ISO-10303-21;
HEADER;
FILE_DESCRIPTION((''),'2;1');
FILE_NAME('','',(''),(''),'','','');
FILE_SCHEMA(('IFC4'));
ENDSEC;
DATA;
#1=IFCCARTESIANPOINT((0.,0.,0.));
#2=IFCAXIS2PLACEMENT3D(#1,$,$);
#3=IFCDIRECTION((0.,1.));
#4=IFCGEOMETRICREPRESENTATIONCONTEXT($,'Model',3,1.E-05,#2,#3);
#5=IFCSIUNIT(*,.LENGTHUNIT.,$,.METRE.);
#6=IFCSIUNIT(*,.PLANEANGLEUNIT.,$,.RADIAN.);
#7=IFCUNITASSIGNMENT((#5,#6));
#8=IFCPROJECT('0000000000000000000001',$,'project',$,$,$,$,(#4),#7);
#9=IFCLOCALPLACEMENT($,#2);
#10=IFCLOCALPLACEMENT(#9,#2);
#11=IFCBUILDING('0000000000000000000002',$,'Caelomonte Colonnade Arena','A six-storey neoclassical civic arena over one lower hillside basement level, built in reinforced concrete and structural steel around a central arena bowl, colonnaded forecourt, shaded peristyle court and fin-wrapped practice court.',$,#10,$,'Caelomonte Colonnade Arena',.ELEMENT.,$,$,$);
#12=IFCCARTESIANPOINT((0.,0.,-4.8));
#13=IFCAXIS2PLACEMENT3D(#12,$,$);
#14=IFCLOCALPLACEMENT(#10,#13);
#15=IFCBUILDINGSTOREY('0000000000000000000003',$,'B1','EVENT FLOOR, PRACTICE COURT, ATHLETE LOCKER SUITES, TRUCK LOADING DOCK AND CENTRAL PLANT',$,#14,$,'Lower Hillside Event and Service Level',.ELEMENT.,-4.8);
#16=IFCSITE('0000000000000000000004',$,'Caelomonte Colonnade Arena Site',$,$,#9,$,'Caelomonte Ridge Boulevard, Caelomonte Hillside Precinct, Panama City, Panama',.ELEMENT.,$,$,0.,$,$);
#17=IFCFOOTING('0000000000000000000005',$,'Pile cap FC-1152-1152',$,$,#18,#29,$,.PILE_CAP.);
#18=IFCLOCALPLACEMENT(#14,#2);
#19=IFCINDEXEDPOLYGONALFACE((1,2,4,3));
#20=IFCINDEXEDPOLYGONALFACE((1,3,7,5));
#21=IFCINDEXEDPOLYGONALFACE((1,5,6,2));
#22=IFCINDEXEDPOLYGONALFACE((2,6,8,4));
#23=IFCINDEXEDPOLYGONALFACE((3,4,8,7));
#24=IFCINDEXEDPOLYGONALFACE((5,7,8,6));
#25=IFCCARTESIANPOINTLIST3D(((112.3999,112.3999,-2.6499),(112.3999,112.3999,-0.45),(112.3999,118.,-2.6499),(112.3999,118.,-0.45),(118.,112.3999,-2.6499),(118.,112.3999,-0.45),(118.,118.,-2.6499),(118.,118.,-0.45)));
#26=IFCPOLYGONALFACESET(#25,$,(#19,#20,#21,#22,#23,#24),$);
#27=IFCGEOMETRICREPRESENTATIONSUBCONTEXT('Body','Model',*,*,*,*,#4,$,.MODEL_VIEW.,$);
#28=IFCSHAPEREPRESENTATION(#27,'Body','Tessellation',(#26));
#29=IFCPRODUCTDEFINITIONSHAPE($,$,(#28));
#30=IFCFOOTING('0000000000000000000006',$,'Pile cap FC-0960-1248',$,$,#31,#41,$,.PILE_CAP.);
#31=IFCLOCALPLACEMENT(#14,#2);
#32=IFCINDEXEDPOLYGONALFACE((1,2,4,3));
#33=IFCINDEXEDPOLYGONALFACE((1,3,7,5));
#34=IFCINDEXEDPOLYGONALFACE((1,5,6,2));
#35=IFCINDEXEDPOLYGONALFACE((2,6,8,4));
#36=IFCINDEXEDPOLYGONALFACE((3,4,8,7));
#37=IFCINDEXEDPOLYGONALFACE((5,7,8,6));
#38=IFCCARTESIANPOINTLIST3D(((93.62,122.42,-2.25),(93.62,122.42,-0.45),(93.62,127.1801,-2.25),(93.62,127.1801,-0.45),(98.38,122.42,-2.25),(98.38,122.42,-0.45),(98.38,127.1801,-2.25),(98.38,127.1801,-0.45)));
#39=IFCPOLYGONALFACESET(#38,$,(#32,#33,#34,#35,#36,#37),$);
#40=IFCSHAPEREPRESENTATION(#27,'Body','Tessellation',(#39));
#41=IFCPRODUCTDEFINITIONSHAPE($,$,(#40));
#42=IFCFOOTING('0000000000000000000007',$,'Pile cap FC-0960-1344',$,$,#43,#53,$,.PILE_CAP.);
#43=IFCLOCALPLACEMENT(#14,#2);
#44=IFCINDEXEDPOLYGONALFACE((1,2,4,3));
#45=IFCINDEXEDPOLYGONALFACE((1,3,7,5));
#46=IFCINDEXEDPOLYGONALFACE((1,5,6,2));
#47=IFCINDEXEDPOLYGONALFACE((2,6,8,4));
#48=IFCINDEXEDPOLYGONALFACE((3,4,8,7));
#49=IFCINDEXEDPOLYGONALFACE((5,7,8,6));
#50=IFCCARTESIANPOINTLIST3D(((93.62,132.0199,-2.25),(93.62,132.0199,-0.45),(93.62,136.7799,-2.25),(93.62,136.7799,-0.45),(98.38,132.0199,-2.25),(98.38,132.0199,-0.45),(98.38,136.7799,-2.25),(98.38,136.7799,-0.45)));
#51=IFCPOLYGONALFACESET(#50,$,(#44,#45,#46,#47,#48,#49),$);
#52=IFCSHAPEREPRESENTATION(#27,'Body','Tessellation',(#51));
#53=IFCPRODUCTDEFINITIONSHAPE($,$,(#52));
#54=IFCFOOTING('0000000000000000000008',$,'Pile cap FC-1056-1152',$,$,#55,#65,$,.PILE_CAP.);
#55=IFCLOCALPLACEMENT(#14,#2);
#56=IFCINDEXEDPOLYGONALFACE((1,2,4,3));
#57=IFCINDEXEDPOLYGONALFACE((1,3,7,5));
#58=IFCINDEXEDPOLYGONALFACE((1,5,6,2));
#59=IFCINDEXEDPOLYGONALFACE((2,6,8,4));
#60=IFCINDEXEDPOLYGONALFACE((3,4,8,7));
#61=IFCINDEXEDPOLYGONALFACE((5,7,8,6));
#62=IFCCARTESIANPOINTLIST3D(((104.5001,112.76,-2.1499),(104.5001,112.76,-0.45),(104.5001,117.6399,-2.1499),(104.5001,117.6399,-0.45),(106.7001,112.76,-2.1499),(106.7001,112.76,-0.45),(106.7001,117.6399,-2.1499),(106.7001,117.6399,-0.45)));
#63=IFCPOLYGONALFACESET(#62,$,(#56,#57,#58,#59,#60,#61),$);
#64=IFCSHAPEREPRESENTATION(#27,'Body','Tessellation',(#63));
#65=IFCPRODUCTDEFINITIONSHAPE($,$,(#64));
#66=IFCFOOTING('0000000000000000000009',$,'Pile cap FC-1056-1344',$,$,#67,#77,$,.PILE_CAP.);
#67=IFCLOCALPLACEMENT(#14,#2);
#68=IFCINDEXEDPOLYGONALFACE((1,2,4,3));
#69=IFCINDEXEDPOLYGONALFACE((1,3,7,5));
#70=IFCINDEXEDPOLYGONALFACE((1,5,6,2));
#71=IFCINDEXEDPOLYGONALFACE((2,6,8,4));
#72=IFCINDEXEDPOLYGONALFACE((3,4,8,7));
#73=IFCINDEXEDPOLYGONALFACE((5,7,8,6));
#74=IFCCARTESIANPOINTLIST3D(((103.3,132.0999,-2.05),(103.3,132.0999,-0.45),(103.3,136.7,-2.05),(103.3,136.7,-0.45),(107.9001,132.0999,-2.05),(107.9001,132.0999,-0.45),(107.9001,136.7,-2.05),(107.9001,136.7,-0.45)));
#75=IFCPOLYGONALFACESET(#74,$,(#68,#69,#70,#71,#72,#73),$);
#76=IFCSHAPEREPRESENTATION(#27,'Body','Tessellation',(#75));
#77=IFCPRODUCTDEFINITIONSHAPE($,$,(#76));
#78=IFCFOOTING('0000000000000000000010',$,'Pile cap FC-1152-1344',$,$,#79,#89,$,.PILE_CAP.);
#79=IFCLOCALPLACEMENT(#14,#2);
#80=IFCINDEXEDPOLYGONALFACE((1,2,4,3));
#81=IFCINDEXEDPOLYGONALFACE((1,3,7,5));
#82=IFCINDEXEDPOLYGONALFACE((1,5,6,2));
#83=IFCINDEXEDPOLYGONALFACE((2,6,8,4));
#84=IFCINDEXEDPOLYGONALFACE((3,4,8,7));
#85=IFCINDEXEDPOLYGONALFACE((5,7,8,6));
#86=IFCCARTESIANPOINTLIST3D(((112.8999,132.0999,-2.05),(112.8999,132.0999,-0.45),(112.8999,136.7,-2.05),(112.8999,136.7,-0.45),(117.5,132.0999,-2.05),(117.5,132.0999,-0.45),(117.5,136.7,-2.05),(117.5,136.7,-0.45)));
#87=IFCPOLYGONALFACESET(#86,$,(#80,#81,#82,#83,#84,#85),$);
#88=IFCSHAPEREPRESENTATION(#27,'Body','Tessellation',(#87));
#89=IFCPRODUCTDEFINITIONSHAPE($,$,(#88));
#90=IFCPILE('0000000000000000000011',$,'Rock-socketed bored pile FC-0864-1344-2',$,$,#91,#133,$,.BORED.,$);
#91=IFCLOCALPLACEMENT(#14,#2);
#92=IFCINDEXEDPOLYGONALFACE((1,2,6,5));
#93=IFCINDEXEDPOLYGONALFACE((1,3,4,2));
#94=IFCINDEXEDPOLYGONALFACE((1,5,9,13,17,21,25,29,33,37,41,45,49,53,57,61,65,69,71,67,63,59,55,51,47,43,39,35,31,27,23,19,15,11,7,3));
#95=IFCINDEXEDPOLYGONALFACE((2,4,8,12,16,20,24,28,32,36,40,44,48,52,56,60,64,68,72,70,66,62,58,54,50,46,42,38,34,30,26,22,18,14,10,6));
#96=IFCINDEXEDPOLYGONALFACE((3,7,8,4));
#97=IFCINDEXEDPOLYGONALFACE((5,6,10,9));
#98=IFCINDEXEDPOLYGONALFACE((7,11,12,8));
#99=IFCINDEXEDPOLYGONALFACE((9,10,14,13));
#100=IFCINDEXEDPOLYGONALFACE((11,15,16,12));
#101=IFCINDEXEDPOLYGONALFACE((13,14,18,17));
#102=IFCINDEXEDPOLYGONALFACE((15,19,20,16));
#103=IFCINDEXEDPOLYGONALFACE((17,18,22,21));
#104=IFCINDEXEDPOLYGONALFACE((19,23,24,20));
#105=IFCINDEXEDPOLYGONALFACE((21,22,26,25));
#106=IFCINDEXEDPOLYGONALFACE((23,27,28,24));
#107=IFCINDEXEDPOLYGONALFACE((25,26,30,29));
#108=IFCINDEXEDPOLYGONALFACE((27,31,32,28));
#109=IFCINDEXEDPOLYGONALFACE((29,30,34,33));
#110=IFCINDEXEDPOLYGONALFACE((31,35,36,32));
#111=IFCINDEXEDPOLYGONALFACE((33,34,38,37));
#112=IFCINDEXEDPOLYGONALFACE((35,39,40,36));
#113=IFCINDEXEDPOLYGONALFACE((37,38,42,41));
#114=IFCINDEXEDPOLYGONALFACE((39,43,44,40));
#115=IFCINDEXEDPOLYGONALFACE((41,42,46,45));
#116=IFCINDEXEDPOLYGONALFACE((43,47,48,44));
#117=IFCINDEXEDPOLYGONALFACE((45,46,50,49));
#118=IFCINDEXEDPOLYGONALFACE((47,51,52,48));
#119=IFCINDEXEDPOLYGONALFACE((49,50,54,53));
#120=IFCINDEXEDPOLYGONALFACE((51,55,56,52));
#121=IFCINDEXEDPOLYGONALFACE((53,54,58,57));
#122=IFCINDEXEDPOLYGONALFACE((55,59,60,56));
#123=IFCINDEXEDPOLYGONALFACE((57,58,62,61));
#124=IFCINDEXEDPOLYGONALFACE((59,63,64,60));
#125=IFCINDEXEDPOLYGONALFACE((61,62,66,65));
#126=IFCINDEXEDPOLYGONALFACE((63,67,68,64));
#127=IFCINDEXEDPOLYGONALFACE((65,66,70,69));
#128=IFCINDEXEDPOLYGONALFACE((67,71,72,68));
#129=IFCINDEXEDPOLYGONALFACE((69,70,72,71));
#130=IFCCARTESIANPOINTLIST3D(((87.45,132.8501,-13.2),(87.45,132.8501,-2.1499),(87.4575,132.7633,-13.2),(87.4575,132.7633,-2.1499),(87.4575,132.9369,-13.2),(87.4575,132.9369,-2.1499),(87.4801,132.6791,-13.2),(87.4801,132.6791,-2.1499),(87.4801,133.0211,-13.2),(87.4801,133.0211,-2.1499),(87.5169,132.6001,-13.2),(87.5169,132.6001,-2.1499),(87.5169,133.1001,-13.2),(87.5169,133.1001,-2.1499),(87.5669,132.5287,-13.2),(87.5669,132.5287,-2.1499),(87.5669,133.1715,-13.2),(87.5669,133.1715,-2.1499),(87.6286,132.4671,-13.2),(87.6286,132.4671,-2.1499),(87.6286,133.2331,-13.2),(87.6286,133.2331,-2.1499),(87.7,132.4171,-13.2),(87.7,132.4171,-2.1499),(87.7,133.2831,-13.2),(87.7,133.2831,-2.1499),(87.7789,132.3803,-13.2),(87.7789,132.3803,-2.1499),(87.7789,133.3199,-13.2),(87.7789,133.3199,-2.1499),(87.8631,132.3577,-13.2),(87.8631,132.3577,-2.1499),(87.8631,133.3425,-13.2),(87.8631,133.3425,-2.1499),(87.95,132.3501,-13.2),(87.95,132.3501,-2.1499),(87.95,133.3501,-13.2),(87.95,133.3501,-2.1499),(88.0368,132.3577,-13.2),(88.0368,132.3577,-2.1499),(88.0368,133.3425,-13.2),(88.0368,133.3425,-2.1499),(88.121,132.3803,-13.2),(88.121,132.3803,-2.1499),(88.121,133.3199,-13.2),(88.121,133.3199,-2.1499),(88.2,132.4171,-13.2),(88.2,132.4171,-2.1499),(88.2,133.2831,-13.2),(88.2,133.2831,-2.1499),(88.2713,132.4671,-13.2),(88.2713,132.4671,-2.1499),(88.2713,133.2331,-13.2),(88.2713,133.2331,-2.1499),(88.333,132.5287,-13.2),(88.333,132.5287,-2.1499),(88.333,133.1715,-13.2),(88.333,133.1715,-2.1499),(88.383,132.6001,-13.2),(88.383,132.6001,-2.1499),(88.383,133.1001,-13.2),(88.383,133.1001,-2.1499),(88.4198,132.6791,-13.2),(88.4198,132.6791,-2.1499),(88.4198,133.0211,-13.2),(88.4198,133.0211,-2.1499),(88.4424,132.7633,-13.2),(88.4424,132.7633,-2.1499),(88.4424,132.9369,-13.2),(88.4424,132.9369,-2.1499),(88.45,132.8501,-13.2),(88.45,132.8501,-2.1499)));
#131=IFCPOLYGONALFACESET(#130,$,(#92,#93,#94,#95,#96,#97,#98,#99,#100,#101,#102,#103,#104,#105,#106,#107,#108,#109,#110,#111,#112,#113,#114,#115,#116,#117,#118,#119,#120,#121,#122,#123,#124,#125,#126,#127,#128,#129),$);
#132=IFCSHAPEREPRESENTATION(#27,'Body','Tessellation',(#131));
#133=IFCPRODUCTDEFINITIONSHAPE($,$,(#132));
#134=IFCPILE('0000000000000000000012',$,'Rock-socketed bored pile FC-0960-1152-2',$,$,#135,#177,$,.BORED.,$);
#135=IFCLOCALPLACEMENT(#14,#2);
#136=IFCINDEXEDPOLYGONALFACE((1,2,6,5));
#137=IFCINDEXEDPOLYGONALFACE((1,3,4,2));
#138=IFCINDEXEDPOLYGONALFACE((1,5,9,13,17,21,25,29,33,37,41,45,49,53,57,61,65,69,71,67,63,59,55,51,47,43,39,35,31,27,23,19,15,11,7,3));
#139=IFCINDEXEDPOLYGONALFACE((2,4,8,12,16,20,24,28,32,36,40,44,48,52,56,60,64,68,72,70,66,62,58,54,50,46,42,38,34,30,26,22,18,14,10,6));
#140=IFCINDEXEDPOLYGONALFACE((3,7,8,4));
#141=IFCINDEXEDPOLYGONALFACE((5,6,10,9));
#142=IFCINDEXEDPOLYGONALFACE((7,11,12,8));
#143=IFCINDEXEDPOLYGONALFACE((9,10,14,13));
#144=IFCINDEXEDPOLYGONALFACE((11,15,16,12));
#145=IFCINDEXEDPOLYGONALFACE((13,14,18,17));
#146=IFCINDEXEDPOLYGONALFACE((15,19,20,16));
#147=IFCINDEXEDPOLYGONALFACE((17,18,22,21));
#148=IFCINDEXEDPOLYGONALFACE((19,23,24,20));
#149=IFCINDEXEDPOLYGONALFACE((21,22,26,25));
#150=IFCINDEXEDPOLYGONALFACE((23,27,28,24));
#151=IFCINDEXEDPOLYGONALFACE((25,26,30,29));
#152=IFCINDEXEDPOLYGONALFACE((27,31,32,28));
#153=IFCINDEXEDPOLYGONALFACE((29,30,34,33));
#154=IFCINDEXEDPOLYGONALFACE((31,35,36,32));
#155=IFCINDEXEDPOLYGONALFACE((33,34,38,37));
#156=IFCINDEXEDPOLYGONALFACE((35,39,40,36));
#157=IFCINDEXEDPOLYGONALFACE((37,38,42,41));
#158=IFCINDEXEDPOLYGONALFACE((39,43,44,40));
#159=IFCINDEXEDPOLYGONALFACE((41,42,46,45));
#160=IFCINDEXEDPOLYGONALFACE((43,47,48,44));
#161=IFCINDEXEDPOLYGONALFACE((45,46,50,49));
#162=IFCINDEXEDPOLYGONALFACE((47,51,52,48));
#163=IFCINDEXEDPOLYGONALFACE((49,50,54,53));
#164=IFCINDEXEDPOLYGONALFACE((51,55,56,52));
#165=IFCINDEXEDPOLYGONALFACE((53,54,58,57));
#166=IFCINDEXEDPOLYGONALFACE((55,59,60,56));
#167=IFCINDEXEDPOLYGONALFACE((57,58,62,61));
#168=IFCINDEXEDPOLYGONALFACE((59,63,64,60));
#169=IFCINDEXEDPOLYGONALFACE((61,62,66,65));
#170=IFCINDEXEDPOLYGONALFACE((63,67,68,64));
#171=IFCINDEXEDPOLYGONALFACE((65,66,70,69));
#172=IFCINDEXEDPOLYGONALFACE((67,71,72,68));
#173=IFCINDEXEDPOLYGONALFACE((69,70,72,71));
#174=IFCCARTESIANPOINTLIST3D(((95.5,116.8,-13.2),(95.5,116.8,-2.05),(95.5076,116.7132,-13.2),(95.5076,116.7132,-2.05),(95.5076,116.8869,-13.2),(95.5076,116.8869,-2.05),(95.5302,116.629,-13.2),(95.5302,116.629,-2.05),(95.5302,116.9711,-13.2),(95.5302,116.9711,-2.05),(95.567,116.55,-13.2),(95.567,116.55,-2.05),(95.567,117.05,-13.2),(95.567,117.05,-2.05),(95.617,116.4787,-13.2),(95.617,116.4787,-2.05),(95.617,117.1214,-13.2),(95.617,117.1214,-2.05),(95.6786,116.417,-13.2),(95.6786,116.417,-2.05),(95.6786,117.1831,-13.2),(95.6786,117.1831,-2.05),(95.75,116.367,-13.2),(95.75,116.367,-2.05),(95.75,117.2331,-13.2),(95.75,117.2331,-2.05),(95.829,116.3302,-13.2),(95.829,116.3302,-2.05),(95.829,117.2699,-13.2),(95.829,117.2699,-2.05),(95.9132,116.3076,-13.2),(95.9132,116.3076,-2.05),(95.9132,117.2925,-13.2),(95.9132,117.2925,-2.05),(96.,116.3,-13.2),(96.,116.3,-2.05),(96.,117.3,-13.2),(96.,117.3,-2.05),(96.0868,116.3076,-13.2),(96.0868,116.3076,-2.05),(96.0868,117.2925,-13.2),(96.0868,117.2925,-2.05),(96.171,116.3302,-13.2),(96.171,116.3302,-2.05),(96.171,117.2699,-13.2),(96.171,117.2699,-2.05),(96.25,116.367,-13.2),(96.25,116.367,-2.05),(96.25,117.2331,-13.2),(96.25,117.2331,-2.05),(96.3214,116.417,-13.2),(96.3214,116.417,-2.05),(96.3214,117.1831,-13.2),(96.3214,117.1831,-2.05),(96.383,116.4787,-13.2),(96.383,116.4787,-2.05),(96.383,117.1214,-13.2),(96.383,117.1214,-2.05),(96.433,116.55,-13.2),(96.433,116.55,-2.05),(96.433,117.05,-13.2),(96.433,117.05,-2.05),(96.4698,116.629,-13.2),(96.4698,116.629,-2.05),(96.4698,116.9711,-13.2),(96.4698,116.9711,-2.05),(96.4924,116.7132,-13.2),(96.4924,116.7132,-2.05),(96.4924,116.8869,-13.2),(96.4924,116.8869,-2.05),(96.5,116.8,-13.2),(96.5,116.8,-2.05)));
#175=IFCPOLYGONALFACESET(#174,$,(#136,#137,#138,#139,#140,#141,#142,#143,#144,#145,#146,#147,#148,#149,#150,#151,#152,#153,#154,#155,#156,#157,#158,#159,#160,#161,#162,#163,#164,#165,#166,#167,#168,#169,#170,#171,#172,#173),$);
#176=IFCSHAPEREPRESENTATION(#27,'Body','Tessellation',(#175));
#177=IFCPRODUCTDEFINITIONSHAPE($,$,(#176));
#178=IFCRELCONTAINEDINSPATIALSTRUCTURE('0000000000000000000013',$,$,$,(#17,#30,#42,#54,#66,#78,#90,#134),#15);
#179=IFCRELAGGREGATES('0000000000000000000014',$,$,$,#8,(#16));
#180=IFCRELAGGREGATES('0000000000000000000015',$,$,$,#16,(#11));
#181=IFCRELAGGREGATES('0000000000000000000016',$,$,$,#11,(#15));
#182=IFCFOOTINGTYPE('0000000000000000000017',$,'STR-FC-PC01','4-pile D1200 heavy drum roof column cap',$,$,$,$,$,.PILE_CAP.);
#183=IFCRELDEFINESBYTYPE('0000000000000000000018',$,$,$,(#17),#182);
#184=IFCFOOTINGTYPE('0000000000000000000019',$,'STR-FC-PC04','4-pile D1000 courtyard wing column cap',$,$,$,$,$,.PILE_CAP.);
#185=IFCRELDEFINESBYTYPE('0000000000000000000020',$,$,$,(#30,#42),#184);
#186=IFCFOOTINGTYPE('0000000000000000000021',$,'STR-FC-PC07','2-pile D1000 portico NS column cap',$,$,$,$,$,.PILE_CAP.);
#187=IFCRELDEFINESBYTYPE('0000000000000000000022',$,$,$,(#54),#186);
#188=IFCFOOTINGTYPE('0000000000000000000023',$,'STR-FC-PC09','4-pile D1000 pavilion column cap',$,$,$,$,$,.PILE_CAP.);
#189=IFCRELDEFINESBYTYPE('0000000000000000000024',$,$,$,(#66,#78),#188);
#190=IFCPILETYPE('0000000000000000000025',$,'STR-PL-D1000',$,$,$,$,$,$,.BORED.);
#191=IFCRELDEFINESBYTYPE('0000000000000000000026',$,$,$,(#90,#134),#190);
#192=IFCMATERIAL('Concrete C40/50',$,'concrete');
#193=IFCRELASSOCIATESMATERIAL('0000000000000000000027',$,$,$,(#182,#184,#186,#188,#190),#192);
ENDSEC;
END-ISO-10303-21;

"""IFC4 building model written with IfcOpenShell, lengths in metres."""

from ifc_helpers import new_model, si_unit, direction, frame, origin, origin_2d, place, context, subcontext, project, spatial, rectangle, circle, extrude, material, material_profile, profile_set, type_object, element, save


model = new_model("IFC4")

# Units and contexts
model_context = context("Model", 3, precision=1e-05, world=origin(), true_north=direction((0.0, 1.0)))
body_context = subcontext(model_context, "Body", "Model", "MODEL_VIEW")
ifc_project = project(units=[si_unit("LENGTHUNIT", "METRE"), si_unit("PLANEANGLEUNIT", "RADIAN")], contexts=[model_context])

# Site, building, storey
site_placement = place(None, origin())
site = spatial("IfcSite", under=ifc_project, at=site_placement, Name="Caelomonte Colonnade Arena Site", LongName="Caelomonte Ridge Boulevard, Caelomonte Hillside Precinct, Panama City, Panama", CompositionType="ELEMENT", RefElevation=0.0)
building_placement = place(site_placement, origin())
building = spatial("IfcBuilding", under=site, at=building_placement, Name="Caelomonte Colonnade Arena", Description="A six-storey neoclassical civic arena over one lower hillside basement level, built in reinforced concrete and structural steel around a central arena bowl, colonnaded forecourt, shaded peristyle court and fin-wrapped practice court.", LongName="Caelomonte Colonnade Arena", CompositionType="ELEMENT")
storey_placement = place(building_placement, frame((0.0, 0.0, -4.8)))
storey = spatial("IfcBuildingStorey", under=building, at=storey_placement, Name="B1", Description="EVENT FLOOR, PRACTICE COURT, ATHLETE LOCKER SUITES, TRUCK LOADING DOCK AND CENTRAL PLANT", LongName="Lower Hillside Event and Service Level", CompositionType="ELEMENT", Elevation=-4.8)

# Footings
ifc_material_1 = material(Name="Concrete C40/50", Category="concrete")
footing_type_1 = type_object("IfcFootingType", Name="STR-FC-PC01", Description="4-pile D1200 heavy drum roof column cap", PredefinedType="PILE_CAP", material=ifc_material_1)
footing_1_placement = place(storey_placement, frame((115.2, 115.2, -2.6499), z_axis=(0.0, 0.0, 1.0), x_axis=(1.0, 0.0, 0.0)))
element("IfcFooting", 1, at=footing_1_placement, inside=storey, type_object=footing_type_1, Name="Pile cap FC-1152-1152", PredefinedType="PILE_CAP", context=body_context, shape_type="SweptSolid", body=[
    extrude(rectangle(XDim=5.6001, YDim=5.6001, at=origin_2d()), origin(), (0.0, 0.0, 1.0), 2.2),
])
footing_type_2 = type_object("IfcFootingType", Name="STR-FC-PC04", Description="4-pile D1000 courtyard wing column cap", PredefinedType="PILE_CAP", material=ifc_material_1)
for number, where, z_axis, x_axis, name in (
    (2, (96.0, 124.8, -2.25), (0.0, 0.0, 1.0), (1.0, 0.0, 0.0), "Pile cap FC-0960-1248"),
    (3, (96.0, 134.3999, -2.25), (0.0, 0.0, 1.0), (1.0, 0.0, 0.0), "Pile cap FC-0960-1344"),
):
    element("IfcFooting", number, at=place(storey_placement, frame(where, z_axis=z_axis, x_axis=x_axis)), inside=storey, type_object=footing_type_2, Name=name, PredefinedType="PILE_CAP", context=body_context, shape_type="SweptSolid", body=[
        extrude(rectangle(XDim=4.76, YDim=4.76, at=origin_2d()), origin(), (0.0, 0.0, 1.0), 1.8),
    ])
footing_type_3 = type_object("IfcFootingType", Name="STR-FC-PC07", Description="2-pile D1000 portico NS column cap", PredefinedType="PILE_CAP", material=ifc_material_1)
footing_2_placement = place(storey_placement, frame((105.6001, 115.2, -2.1499), z_axis=(0.0, 0.0, 1.0), x_axis=(1.0, 0.0, 0.0)))
element("IfcFooting", 4, at=footing_2_placement, inside=storey, type_object=footing_type_3, Name="Pile cap FC-1056-1152", PredefinedType="PILE_CAP", context=body_context, shape_type="SweptSolid", body=[
    extrude(rectangle(XDim=2.2, YDim=4.8799, at=origin_2d()), origin(), (0.0, 0.0, 1.0), 1.7),
])
footing_type_4 = type_object("IfcFootingType", Name="STR-FC-PC09", Description="4-pile D1000 pavilion column cap", PredefinedType="PILE_CAP", material=ifc_material_1)
for number, where, z_axis, x_axis, name in (
    (5, (105.6001, 134.3999, -2.05), (0.0, 0.0, 1.0), (1.0, 0.0, 0.0), "Pile cap FC-1056-1344"),
    (6, (115.2, 134.3999, -2.05), (0.0, 0.0, 1.0), (1.0, 0.0, 0.0), "Pile cap FC-1152-1344"),
):
    element("IfcFooting", number, at=place(storey_placement, frame(where, z_axis=z_axis, x_axis=x_axis)), inside=storey, type_object=footing_type_4, Name=name, PredefinedType="PILE_CAP", context=body_context, shape_type="SweptSolid", body=[
        extrude(rectangle(XDim=4.6001, YDim=4.6001, at=origin_2d()), origin(), (0.0, 0.0, 1.0), 1.6001),
    ])

# Piles
ifc_material_profile_1 = material_profile(ifc_material_1, circle(Radius=0.5, at=origin_2d()), Name="PILE-D1000")
ifc_profile_set_1 = profile_set([ifc_material_profile_1], Name="Concrete C40/50")
pile_type_1 = type_object("IfcPileType", Name="STR-PL-D1000", PredefinedType="BORED", material=ifc_profile_set_1)
pile_1_placement = place(storey_placement, frame((87.95, 132.8501, -2.1499), z_axis=(0.0, 0.0, -1.0), x_axis=(1.0, 0.0, 0.0)))
element("IfcPile", 7, at=pile_1_placement, inside=storey, type_object=pile_type_1, Name="Rock-socketed bored pile FC-0864-1344-2", PredefinedType="BORED", context=body_context, shape_type="SweptSolid", body=[
    extrude(circle(Radius=0.5, at=origin_2d()), origin(), (0.0, 0.0, 1.0), 11.05),
])
pile_2_placement = place(storey_placement, frame((96.0, 116.8, -2.05), z_axis=(0.0, 0.0, -1.0), x_axis=(1.0, 0.0, 0.0)))
element("IfcPile", 8, at=pile_2_placement, inside=storey, type_object=pile_type_1, Name="Rock-socketed bored pile FC-0960-1152-2", PredefinedType="BORED", context=body_context, shape_type="SweptSolid", body=[
    extrude(circle(Radius=0.5, at=origin_2d()), origin(), (0.0, 0.0, 1.0), 11.1499),
])

save(model, "model.ifc")
